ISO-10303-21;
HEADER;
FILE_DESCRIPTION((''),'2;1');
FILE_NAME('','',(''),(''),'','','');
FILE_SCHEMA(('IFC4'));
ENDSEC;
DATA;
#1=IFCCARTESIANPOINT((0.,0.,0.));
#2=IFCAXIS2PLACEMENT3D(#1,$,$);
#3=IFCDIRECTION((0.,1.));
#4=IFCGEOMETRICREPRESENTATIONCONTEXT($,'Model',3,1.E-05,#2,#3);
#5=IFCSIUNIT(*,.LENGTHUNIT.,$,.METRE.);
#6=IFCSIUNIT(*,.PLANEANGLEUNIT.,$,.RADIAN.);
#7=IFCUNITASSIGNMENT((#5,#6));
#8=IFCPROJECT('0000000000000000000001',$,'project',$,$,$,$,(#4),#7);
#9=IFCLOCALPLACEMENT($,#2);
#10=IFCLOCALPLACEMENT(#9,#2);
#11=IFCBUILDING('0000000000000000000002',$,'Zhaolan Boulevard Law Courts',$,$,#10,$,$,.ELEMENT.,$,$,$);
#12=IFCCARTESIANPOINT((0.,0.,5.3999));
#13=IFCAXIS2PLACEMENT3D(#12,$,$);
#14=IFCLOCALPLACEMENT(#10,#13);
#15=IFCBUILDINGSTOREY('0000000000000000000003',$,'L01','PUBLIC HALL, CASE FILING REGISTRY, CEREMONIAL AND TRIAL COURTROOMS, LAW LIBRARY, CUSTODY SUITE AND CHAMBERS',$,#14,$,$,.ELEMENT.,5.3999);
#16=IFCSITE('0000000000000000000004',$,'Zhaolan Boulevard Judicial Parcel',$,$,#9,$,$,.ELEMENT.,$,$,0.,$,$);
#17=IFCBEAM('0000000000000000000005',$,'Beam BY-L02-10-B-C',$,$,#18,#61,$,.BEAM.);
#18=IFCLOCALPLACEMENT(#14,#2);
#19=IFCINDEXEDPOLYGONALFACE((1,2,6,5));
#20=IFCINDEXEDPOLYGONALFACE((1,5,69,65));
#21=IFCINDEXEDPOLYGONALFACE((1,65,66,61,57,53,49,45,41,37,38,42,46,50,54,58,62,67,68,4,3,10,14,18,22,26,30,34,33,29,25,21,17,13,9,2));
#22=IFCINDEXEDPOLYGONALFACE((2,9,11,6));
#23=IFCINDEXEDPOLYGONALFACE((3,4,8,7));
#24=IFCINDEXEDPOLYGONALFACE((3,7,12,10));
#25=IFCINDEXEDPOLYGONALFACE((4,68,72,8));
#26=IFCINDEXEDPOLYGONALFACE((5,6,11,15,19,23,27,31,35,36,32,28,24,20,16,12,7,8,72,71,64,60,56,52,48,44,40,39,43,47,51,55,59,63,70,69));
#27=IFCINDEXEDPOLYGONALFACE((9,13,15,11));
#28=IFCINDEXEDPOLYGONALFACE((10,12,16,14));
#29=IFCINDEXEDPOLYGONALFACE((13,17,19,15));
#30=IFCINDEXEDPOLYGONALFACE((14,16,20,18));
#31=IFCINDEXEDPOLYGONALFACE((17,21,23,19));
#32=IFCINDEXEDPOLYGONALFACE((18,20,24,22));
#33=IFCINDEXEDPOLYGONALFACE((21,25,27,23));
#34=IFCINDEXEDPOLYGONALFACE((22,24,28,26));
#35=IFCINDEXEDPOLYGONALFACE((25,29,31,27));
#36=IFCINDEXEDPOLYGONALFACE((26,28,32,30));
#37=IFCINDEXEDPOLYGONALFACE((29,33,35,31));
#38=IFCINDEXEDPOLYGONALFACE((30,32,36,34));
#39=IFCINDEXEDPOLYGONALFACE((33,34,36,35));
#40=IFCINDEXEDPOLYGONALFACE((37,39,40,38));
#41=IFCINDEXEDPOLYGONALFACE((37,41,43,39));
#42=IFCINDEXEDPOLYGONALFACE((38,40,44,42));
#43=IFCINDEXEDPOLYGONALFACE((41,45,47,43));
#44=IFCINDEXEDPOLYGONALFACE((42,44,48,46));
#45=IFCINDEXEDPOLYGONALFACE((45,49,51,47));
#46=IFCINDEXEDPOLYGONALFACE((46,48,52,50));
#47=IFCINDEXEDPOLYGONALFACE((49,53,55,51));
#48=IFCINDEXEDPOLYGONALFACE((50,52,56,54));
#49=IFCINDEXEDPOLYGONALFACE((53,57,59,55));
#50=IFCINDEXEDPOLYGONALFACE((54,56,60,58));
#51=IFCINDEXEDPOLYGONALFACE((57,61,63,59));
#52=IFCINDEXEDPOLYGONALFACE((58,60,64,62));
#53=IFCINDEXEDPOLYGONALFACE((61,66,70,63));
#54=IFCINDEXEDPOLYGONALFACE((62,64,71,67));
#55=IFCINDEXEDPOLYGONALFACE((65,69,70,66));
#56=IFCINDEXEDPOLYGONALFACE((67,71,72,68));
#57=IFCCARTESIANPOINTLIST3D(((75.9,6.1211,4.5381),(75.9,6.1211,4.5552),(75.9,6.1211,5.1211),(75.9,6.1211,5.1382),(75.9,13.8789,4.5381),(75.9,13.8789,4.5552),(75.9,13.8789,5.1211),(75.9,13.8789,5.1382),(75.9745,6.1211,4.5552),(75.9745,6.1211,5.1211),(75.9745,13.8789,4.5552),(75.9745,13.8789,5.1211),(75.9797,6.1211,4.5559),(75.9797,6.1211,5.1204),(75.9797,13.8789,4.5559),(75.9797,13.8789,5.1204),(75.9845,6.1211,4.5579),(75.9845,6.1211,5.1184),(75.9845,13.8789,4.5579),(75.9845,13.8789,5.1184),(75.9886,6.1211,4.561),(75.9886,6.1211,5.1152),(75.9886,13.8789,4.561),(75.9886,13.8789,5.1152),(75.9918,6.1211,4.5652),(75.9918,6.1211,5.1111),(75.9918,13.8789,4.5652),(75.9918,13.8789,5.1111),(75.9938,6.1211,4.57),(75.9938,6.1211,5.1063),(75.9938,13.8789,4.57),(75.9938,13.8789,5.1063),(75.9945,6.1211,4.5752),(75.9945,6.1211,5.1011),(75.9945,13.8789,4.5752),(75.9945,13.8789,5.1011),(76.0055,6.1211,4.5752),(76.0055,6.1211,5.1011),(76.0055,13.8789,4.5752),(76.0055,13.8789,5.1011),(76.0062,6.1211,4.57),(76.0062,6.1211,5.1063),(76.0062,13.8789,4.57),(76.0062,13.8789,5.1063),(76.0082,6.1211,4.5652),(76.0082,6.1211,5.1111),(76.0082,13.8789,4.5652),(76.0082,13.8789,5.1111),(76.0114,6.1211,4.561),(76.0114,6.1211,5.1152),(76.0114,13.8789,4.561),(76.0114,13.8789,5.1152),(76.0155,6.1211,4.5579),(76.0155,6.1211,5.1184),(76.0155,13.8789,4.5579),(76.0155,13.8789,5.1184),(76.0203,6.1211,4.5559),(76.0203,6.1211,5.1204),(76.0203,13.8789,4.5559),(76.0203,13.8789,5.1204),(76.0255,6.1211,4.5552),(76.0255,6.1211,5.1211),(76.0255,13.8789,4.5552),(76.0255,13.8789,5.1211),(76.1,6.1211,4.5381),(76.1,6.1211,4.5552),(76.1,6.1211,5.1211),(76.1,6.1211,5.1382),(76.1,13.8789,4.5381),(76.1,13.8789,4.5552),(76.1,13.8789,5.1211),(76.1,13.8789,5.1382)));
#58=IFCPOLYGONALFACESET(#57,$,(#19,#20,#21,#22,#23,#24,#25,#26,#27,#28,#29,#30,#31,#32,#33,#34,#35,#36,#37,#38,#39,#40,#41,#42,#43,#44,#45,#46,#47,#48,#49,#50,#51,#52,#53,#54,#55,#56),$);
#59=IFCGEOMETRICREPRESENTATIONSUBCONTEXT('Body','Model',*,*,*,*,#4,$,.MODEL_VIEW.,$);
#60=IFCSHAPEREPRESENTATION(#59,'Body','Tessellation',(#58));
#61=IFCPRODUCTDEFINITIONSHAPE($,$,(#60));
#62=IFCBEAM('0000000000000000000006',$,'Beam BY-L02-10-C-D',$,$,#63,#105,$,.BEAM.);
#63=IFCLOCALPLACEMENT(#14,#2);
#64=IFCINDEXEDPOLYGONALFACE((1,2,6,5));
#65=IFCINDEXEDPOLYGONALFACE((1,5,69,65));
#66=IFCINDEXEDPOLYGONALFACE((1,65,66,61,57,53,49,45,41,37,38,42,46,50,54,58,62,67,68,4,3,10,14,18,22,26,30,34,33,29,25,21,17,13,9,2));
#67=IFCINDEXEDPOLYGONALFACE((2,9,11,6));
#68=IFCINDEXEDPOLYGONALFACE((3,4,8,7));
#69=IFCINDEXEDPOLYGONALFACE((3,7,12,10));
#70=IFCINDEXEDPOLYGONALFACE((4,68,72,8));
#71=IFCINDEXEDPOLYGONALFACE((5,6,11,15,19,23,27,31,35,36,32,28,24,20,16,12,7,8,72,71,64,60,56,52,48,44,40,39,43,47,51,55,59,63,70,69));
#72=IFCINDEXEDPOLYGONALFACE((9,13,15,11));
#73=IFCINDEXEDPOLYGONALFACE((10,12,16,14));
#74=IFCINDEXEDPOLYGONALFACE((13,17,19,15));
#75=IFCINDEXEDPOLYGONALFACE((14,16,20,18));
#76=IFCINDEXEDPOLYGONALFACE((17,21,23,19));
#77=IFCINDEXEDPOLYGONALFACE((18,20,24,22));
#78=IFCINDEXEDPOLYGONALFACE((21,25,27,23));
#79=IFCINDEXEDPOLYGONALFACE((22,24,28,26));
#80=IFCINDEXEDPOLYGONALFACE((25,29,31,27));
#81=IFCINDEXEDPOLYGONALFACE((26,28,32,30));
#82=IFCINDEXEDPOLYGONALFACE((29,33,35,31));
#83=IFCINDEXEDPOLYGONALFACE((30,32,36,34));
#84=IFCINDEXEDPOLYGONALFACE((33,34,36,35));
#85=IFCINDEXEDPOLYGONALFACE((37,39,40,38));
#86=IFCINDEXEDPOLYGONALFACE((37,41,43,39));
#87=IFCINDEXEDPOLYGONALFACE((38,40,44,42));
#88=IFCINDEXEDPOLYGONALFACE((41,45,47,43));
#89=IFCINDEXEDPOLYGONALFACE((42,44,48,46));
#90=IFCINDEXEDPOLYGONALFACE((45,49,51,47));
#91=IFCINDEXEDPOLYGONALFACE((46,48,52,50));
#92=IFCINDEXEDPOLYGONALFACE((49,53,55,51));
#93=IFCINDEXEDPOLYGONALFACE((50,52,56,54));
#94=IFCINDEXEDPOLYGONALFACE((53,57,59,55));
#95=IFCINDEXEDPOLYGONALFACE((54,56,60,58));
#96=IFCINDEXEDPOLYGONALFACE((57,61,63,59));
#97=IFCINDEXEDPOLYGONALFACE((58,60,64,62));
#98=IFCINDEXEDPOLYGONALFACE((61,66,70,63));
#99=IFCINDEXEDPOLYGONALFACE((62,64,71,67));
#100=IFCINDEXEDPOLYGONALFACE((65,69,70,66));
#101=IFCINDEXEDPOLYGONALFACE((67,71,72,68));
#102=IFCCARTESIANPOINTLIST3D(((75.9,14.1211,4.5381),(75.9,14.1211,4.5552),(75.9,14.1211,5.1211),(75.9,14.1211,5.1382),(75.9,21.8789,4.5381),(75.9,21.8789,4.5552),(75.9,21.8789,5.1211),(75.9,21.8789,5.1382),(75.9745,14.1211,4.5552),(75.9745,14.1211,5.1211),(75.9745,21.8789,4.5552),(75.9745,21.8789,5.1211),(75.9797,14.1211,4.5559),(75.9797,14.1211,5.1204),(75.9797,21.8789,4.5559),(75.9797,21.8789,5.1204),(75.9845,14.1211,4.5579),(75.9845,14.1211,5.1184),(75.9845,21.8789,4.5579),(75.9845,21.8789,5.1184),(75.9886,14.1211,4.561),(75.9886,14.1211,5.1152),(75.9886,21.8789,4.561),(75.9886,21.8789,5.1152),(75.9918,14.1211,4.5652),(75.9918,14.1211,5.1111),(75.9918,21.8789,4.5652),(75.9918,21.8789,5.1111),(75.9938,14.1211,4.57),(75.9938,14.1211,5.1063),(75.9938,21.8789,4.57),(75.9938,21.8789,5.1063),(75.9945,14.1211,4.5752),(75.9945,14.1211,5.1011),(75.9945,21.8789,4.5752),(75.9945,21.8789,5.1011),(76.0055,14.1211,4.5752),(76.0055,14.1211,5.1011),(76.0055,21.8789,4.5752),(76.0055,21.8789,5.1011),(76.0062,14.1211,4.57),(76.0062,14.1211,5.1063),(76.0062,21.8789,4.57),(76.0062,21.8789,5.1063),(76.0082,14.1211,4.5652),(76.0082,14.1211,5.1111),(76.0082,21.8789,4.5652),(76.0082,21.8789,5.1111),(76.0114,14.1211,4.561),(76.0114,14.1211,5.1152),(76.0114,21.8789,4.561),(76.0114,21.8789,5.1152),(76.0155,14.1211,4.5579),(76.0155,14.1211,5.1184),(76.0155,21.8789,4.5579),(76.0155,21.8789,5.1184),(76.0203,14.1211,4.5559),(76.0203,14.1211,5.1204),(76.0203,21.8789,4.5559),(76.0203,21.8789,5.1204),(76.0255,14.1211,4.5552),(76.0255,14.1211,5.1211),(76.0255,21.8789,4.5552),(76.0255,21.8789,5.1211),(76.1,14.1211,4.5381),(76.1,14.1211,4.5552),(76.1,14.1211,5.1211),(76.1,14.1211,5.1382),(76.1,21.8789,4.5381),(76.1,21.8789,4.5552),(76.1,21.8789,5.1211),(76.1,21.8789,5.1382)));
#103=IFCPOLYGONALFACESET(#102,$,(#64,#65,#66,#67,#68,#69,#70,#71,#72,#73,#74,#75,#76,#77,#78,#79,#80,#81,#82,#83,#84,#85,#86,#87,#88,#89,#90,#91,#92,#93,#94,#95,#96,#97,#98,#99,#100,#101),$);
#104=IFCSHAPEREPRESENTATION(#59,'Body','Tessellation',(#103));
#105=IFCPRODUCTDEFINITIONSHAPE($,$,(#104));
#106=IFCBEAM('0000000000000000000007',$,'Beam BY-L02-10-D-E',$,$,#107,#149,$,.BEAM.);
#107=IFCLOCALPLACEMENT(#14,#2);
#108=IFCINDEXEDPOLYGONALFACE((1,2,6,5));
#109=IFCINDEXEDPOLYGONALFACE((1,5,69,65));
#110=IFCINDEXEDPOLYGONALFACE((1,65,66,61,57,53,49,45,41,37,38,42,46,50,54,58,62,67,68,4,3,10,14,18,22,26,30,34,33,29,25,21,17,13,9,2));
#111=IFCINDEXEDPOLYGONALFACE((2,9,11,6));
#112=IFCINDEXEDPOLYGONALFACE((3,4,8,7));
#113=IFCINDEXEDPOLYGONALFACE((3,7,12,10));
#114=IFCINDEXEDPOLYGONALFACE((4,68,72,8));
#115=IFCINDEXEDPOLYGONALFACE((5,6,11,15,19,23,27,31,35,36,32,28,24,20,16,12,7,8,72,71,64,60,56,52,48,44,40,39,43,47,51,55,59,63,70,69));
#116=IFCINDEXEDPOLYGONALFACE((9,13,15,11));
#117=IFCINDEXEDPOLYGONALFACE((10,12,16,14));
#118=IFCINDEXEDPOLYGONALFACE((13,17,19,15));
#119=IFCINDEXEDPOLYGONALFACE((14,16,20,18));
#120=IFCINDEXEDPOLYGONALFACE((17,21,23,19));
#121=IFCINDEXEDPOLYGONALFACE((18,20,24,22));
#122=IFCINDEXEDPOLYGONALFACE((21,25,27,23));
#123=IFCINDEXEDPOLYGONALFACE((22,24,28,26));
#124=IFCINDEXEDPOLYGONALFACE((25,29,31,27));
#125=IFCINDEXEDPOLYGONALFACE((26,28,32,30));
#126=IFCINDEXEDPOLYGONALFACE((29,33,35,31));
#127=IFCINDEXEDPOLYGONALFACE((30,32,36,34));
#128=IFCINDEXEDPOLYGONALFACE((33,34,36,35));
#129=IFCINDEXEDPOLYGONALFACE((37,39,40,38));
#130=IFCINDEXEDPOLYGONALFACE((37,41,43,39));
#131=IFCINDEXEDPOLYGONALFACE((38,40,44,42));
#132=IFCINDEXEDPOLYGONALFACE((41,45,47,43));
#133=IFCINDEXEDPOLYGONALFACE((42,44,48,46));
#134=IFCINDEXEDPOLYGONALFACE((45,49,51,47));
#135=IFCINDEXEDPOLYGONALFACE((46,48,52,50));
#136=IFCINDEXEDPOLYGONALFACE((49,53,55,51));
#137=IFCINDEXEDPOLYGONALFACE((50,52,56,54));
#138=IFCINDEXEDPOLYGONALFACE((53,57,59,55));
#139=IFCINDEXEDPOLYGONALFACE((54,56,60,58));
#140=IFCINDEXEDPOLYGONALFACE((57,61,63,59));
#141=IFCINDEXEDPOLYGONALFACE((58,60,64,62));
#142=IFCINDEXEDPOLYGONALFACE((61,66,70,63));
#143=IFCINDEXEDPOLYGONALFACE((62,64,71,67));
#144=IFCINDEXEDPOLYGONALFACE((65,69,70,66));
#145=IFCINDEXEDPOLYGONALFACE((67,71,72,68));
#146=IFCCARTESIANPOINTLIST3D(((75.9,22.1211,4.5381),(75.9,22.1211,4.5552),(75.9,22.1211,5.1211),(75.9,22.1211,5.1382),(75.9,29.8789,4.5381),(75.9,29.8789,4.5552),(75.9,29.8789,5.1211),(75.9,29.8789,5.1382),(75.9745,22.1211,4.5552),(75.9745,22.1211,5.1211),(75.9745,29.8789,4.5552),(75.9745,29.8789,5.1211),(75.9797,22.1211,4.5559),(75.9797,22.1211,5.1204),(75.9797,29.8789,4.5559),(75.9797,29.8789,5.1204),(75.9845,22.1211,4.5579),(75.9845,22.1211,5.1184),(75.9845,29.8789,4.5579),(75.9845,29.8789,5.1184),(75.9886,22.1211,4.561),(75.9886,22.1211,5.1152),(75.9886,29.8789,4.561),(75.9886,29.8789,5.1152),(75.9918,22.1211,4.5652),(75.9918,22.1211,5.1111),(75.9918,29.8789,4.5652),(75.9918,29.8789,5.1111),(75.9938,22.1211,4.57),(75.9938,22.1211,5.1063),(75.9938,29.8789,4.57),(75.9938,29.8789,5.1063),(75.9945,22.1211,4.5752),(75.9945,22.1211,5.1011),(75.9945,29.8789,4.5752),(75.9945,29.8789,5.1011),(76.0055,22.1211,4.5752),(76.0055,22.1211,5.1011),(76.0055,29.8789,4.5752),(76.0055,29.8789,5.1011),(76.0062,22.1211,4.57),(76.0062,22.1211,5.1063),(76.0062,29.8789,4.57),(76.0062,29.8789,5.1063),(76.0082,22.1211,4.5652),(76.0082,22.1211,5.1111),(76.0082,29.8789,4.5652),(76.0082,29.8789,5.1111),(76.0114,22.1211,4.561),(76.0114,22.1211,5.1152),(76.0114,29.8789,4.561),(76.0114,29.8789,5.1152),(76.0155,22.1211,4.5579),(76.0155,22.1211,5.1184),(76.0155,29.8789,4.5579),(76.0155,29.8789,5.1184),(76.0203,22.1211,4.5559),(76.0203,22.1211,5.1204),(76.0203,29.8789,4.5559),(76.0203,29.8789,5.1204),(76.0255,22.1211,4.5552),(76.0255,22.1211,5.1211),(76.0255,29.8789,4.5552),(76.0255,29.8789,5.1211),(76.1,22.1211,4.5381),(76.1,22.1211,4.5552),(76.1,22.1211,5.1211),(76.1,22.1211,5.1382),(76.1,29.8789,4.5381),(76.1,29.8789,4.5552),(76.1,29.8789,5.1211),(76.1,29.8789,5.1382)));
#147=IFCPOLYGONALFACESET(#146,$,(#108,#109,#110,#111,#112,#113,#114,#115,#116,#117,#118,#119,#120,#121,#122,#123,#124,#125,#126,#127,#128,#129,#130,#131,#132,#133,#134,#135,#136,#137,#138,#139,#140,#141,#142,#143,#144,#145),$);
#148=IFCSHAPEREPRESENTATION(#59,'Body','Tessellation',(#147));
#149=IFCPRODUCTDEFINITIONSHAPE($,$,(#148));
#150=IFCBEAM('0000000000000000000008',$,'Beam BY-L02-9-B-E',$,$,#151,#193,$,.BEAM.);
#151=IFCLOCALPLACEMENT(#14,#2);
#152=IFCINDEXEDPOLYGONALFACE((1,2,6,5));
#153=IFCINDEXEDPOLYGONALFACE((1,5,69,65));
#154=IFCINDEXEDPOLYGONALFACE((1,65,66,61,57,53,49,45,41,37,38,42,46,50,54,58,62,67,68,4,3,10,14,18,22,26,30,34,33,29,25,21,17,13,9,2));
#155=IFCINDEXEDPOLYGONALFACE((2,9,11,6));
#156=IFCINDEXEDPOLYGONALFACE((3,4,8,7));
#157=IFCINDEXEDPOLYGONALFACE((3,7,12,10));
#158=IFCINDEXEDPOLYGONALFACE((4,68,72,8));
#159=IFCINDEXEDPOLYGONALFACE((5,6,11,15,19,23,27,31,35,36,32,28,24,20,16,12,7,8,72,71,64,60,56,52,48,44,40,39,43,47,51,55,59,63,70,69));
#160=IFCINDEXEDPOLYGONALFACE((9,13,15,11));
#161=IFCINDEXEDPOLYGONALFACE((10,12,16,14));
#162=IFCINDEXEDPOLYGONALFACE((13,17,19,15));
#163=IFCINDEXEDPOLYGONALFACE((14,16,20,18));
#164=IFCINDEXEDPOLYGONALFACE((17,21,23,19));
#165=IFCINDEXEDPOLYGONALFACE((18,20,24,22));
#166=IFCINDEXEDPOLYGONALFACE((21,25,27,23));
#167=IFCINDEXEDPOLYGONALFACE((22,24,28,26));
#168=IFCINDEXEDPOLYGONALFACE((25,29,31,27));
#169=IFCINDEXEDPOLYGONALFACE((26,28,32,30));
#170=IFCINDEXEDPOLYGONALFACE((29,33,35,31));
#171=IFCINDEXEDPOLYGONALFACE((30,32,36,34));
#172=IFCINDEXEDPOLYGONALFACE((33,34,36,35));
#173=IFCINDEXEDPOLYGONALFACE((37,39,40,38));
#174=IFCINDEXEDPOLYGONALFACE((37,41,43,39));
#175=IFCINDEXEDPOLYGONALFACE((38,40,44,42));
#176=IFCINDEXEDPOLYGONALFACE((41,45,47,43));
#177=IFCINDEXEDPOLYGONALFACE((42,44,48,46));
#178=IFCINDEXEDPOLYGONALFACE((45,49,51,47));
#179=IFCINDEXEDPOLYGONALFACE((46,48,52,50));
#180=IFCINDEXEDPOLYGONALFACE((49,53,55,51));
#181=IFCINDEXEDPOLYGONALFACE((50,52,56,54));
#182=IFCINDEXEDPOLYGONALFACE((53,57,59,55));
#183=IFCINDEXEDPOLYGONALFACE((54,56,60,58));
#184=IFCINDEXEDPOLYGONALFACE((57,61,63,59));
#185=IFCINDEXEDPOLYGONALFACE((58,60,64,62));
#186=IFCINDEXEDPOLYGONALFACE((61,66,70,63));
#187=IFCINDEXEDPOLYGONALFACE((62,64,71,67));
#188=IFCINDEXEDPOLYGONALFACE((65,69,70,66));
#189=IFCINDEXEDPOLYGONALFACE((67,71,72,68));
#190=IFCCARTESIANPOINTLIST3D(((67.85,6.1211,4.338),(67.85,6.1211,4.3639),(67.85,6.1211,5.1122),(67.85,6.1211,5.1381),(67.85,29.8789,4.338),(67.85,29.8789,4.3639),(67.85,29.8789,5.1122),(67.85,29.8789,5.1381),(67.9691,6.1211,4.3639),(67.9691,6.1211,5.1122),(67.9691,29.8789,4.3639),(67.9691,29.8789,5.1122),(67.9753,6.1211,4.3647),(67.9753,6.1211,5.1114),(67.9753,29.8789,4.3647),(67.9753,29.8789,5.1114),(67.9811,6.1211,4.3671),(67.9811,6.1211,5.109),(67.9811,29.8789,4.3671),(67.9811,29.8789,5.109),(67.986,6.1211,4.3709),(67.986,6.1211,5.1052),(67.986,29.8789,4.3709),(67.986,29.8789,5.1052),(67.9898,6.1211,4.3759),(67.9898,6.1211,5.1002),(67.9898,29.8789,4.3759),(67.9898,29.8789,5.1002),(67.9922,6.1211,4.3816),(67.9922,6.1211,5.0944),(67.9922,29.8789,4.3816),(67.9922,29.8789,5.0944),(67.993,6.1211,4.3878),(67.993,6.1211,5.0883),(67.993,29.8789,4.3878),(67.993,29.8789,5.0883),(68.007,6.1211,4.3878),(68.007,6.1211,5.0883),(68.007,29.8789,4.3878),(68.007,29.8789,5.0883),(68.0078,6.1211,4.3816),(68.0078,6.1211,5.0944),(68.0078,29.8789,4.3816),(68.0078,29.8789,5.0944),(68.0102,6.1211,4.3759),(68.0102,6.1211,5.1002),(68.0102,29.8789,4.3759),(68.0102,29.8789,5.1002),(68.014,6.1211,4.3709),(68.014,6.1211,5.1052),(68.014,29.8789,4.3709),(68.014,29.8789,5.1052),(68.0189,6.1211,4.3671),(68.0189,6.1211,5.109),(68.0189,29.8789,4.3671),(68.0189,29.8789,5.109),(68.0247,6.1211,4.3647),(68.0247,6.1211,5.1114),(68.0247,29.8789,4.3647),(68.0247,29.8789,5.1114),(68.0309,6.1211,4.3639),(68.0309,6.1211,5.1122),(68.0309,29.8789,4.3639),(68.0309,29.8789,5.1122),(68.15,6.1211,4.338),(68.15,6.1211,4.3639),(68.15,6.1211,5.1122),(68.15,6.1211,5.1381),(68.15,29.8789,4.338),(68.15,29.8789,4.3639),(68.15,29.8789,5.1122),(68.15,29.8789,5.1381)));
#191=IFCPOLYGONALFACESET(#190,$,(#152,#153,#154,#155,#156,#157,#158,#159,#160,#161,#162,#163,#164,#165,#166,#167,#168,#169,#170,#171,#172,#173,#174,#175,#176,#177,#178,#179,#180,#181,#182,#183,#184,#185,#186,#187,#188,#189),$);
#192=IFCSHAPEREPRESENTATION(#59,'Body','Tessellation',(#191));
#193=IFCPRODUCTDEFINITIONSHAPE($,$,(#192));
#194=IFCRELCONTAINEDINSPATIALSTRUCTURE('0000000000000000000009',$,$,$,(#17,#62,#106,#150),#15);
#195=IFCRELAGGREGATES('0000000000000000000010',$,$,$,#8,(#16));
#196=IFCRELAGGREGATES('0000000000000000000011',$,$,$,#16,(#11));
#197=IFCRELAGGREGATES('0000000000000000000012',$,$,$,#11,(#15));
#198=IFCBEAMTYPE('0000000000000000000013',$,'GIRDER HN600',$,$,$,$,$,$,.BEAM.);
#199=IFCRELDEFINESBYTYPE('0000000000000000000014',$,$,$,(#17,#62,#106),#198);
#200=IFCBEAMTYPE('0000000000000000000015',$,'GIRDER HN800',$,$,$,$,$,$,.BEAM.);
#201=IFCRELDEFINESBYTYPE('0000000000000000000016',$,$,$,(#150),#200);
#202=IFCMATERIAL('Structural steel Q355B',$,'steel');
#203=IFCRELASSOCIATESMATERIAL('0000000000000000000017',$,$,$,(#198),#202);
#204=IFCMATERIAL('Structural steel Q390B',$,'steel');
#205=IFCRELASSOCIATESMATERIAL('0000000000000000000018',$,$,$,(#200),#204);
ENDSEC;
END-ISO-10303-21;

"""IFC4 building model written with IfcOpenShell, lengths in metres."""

from ifc_helpers import new_model, si_unit, direction, frame, origin, origin_2d, place, context, subcontext, project, spatial, i_section, extrude, material, material_profile, profile_set, type_object, element, save


model = new_model("IFC4")

# Units and contexts
model_context = context("Model", 3, precision=1e-05, world=origin(), true_north=direction((0.0, 1.0)))
body_context = subcontext(model_context, "Body", "Model", "MODEL_VIEW")
ifc_project = project(units=[si_unit("LENGTHUNIT", "METRE"), si_unit("PLANEANGLEUNIT", "RADIAN")], contexts=[model_context])

# Site, building, storey
site_placement = place(None, origin())
site = spatial("IfcSite", under=ifc_project, at=site_placement, Name="Zhaolan Boulevard Judicial Parcel", CompositionType="ELEMENT", RefElevation=0.0)
building_placement = place(site_placement, origin())
building = spatial("IfcBuilding", under=site, at=building_placement, Name="Zhaolan Boulevard Law Courts", CompositionType="ELEMENT")
storey_placement = place(building_placement, frame((0.0, 0.0, 5.3999)))
storey = spatial("IfcBuildingStorey", under=building, at=storey_placement, Name="L01", Description="PUBLIC HALL, CASE FILING REGISTRY, CEREMONIAL AND TRIAL COURTROOMS, LAW LIBRARY, CUSTODY SUITE AND CHAMBERS", CompositionType="ELEMENT", Elevation=5.3999)

# Beams
ifc_material_1 = material(Name="Structural steel Q355B", Category="steel")
ifc_material_profile_1 = material_profile(ifc_material_1, i_section(OverallWidth=0.2, OverallDepth=0.6001, WebThickness=0.011, FlangeThickness=0.0171, FilletRadius=0.02, at=origin_2d()), Name="HN600x200")
ifc_profile_set_1 = profile_set([ifc_material_profile_1], Name="Structural steel Q355B")
beam_type_1 = type_object("IfcBeamType", Name="GIRDER HN600", PredefinedType="BEAM", material=ifc_profile_set_1)
for number, where, z_axis, x_axis, name in (
    (1, (76.0, 6.1211, 4.8381), (0.0, 1.0, 0.0), (-1.0, 0.0, 0.0), "Beam BY-L02-10-B-C"),
    (2, (76.0, 14.1211, 4.8381), (0.0, 1.0, 0.0), (-1.0, 0.0, 0.0), "Beam BY-L02-10-C-D"),
    (3, (76.0, 22.1211, 4.8381), (0.0, 1.0, 0.0), (-1.0, 0.0, 0.0), "Beam BY-L02-10-D-E"),
):
    element("IfcBeam", number, at=place(storey_placement, frame(where, z_axis=z_axis, x_axis=x_axis)), inside=storey, type_object=beam_type_1, Name=name, PredefinedType="BEAM", context=body_context, shape_type="SweptSolid", body=[
        extrude(i_section(OverallWidth=0.2, OverallDepth=0.6001, WebThickness=0.011, FlangeThickness=0.0171, FilletRadius=0.02, at=origin_2d()), origin(), (0.0, 0.0, 1.0), 7.7578),
    ])
ifc_material_2 = material(Name="Structural steel Q390B", Category="steel")
ifc_material_profile_2 = material_profile(ifc_material_2, i_section(OverallWidth=0.3, OverallDepth=0.8, WebThickness=0.0139, FlangeThickness=0.0259, FilletRadius=0.0239, at=origin_2d()), Name="HN800x300")
ifc_profile_set_2 = profile_set([ifc_material_profile_2], Name="Structural steel Q390B")
beam_type_2 = type_object("IfcBeamType", Name="GIRDER HN800", PredefinedType="BEAM", material=ifc_profile_set_2)
beam_1_placement = place(storey_placement, frame((68.0, 6.1211, 4.738), z_axis=(0.0, 1.0, 0.0), x_axis=(-1.0, 0.0, 0.0)))
element("IfcBeam", 4, at=beam_1_placement, inside=storey, type_object=beam_type_2, Name="Beam BY-L02-9-B-E", PredefinedType="BEAM", context=body_context, shape_type="SweptSolid", body=[
    extrude(i_section(OverallWidth=0.3, OverallDepth=0.8, WebThickness=0.0139, FlangeThickness=0.0259, FilletRadius=0.0239, at=origin_2d()), origin(), (0.0, 0.0, 1.0), 23.7578),
])

save(model, "model.ifc")
